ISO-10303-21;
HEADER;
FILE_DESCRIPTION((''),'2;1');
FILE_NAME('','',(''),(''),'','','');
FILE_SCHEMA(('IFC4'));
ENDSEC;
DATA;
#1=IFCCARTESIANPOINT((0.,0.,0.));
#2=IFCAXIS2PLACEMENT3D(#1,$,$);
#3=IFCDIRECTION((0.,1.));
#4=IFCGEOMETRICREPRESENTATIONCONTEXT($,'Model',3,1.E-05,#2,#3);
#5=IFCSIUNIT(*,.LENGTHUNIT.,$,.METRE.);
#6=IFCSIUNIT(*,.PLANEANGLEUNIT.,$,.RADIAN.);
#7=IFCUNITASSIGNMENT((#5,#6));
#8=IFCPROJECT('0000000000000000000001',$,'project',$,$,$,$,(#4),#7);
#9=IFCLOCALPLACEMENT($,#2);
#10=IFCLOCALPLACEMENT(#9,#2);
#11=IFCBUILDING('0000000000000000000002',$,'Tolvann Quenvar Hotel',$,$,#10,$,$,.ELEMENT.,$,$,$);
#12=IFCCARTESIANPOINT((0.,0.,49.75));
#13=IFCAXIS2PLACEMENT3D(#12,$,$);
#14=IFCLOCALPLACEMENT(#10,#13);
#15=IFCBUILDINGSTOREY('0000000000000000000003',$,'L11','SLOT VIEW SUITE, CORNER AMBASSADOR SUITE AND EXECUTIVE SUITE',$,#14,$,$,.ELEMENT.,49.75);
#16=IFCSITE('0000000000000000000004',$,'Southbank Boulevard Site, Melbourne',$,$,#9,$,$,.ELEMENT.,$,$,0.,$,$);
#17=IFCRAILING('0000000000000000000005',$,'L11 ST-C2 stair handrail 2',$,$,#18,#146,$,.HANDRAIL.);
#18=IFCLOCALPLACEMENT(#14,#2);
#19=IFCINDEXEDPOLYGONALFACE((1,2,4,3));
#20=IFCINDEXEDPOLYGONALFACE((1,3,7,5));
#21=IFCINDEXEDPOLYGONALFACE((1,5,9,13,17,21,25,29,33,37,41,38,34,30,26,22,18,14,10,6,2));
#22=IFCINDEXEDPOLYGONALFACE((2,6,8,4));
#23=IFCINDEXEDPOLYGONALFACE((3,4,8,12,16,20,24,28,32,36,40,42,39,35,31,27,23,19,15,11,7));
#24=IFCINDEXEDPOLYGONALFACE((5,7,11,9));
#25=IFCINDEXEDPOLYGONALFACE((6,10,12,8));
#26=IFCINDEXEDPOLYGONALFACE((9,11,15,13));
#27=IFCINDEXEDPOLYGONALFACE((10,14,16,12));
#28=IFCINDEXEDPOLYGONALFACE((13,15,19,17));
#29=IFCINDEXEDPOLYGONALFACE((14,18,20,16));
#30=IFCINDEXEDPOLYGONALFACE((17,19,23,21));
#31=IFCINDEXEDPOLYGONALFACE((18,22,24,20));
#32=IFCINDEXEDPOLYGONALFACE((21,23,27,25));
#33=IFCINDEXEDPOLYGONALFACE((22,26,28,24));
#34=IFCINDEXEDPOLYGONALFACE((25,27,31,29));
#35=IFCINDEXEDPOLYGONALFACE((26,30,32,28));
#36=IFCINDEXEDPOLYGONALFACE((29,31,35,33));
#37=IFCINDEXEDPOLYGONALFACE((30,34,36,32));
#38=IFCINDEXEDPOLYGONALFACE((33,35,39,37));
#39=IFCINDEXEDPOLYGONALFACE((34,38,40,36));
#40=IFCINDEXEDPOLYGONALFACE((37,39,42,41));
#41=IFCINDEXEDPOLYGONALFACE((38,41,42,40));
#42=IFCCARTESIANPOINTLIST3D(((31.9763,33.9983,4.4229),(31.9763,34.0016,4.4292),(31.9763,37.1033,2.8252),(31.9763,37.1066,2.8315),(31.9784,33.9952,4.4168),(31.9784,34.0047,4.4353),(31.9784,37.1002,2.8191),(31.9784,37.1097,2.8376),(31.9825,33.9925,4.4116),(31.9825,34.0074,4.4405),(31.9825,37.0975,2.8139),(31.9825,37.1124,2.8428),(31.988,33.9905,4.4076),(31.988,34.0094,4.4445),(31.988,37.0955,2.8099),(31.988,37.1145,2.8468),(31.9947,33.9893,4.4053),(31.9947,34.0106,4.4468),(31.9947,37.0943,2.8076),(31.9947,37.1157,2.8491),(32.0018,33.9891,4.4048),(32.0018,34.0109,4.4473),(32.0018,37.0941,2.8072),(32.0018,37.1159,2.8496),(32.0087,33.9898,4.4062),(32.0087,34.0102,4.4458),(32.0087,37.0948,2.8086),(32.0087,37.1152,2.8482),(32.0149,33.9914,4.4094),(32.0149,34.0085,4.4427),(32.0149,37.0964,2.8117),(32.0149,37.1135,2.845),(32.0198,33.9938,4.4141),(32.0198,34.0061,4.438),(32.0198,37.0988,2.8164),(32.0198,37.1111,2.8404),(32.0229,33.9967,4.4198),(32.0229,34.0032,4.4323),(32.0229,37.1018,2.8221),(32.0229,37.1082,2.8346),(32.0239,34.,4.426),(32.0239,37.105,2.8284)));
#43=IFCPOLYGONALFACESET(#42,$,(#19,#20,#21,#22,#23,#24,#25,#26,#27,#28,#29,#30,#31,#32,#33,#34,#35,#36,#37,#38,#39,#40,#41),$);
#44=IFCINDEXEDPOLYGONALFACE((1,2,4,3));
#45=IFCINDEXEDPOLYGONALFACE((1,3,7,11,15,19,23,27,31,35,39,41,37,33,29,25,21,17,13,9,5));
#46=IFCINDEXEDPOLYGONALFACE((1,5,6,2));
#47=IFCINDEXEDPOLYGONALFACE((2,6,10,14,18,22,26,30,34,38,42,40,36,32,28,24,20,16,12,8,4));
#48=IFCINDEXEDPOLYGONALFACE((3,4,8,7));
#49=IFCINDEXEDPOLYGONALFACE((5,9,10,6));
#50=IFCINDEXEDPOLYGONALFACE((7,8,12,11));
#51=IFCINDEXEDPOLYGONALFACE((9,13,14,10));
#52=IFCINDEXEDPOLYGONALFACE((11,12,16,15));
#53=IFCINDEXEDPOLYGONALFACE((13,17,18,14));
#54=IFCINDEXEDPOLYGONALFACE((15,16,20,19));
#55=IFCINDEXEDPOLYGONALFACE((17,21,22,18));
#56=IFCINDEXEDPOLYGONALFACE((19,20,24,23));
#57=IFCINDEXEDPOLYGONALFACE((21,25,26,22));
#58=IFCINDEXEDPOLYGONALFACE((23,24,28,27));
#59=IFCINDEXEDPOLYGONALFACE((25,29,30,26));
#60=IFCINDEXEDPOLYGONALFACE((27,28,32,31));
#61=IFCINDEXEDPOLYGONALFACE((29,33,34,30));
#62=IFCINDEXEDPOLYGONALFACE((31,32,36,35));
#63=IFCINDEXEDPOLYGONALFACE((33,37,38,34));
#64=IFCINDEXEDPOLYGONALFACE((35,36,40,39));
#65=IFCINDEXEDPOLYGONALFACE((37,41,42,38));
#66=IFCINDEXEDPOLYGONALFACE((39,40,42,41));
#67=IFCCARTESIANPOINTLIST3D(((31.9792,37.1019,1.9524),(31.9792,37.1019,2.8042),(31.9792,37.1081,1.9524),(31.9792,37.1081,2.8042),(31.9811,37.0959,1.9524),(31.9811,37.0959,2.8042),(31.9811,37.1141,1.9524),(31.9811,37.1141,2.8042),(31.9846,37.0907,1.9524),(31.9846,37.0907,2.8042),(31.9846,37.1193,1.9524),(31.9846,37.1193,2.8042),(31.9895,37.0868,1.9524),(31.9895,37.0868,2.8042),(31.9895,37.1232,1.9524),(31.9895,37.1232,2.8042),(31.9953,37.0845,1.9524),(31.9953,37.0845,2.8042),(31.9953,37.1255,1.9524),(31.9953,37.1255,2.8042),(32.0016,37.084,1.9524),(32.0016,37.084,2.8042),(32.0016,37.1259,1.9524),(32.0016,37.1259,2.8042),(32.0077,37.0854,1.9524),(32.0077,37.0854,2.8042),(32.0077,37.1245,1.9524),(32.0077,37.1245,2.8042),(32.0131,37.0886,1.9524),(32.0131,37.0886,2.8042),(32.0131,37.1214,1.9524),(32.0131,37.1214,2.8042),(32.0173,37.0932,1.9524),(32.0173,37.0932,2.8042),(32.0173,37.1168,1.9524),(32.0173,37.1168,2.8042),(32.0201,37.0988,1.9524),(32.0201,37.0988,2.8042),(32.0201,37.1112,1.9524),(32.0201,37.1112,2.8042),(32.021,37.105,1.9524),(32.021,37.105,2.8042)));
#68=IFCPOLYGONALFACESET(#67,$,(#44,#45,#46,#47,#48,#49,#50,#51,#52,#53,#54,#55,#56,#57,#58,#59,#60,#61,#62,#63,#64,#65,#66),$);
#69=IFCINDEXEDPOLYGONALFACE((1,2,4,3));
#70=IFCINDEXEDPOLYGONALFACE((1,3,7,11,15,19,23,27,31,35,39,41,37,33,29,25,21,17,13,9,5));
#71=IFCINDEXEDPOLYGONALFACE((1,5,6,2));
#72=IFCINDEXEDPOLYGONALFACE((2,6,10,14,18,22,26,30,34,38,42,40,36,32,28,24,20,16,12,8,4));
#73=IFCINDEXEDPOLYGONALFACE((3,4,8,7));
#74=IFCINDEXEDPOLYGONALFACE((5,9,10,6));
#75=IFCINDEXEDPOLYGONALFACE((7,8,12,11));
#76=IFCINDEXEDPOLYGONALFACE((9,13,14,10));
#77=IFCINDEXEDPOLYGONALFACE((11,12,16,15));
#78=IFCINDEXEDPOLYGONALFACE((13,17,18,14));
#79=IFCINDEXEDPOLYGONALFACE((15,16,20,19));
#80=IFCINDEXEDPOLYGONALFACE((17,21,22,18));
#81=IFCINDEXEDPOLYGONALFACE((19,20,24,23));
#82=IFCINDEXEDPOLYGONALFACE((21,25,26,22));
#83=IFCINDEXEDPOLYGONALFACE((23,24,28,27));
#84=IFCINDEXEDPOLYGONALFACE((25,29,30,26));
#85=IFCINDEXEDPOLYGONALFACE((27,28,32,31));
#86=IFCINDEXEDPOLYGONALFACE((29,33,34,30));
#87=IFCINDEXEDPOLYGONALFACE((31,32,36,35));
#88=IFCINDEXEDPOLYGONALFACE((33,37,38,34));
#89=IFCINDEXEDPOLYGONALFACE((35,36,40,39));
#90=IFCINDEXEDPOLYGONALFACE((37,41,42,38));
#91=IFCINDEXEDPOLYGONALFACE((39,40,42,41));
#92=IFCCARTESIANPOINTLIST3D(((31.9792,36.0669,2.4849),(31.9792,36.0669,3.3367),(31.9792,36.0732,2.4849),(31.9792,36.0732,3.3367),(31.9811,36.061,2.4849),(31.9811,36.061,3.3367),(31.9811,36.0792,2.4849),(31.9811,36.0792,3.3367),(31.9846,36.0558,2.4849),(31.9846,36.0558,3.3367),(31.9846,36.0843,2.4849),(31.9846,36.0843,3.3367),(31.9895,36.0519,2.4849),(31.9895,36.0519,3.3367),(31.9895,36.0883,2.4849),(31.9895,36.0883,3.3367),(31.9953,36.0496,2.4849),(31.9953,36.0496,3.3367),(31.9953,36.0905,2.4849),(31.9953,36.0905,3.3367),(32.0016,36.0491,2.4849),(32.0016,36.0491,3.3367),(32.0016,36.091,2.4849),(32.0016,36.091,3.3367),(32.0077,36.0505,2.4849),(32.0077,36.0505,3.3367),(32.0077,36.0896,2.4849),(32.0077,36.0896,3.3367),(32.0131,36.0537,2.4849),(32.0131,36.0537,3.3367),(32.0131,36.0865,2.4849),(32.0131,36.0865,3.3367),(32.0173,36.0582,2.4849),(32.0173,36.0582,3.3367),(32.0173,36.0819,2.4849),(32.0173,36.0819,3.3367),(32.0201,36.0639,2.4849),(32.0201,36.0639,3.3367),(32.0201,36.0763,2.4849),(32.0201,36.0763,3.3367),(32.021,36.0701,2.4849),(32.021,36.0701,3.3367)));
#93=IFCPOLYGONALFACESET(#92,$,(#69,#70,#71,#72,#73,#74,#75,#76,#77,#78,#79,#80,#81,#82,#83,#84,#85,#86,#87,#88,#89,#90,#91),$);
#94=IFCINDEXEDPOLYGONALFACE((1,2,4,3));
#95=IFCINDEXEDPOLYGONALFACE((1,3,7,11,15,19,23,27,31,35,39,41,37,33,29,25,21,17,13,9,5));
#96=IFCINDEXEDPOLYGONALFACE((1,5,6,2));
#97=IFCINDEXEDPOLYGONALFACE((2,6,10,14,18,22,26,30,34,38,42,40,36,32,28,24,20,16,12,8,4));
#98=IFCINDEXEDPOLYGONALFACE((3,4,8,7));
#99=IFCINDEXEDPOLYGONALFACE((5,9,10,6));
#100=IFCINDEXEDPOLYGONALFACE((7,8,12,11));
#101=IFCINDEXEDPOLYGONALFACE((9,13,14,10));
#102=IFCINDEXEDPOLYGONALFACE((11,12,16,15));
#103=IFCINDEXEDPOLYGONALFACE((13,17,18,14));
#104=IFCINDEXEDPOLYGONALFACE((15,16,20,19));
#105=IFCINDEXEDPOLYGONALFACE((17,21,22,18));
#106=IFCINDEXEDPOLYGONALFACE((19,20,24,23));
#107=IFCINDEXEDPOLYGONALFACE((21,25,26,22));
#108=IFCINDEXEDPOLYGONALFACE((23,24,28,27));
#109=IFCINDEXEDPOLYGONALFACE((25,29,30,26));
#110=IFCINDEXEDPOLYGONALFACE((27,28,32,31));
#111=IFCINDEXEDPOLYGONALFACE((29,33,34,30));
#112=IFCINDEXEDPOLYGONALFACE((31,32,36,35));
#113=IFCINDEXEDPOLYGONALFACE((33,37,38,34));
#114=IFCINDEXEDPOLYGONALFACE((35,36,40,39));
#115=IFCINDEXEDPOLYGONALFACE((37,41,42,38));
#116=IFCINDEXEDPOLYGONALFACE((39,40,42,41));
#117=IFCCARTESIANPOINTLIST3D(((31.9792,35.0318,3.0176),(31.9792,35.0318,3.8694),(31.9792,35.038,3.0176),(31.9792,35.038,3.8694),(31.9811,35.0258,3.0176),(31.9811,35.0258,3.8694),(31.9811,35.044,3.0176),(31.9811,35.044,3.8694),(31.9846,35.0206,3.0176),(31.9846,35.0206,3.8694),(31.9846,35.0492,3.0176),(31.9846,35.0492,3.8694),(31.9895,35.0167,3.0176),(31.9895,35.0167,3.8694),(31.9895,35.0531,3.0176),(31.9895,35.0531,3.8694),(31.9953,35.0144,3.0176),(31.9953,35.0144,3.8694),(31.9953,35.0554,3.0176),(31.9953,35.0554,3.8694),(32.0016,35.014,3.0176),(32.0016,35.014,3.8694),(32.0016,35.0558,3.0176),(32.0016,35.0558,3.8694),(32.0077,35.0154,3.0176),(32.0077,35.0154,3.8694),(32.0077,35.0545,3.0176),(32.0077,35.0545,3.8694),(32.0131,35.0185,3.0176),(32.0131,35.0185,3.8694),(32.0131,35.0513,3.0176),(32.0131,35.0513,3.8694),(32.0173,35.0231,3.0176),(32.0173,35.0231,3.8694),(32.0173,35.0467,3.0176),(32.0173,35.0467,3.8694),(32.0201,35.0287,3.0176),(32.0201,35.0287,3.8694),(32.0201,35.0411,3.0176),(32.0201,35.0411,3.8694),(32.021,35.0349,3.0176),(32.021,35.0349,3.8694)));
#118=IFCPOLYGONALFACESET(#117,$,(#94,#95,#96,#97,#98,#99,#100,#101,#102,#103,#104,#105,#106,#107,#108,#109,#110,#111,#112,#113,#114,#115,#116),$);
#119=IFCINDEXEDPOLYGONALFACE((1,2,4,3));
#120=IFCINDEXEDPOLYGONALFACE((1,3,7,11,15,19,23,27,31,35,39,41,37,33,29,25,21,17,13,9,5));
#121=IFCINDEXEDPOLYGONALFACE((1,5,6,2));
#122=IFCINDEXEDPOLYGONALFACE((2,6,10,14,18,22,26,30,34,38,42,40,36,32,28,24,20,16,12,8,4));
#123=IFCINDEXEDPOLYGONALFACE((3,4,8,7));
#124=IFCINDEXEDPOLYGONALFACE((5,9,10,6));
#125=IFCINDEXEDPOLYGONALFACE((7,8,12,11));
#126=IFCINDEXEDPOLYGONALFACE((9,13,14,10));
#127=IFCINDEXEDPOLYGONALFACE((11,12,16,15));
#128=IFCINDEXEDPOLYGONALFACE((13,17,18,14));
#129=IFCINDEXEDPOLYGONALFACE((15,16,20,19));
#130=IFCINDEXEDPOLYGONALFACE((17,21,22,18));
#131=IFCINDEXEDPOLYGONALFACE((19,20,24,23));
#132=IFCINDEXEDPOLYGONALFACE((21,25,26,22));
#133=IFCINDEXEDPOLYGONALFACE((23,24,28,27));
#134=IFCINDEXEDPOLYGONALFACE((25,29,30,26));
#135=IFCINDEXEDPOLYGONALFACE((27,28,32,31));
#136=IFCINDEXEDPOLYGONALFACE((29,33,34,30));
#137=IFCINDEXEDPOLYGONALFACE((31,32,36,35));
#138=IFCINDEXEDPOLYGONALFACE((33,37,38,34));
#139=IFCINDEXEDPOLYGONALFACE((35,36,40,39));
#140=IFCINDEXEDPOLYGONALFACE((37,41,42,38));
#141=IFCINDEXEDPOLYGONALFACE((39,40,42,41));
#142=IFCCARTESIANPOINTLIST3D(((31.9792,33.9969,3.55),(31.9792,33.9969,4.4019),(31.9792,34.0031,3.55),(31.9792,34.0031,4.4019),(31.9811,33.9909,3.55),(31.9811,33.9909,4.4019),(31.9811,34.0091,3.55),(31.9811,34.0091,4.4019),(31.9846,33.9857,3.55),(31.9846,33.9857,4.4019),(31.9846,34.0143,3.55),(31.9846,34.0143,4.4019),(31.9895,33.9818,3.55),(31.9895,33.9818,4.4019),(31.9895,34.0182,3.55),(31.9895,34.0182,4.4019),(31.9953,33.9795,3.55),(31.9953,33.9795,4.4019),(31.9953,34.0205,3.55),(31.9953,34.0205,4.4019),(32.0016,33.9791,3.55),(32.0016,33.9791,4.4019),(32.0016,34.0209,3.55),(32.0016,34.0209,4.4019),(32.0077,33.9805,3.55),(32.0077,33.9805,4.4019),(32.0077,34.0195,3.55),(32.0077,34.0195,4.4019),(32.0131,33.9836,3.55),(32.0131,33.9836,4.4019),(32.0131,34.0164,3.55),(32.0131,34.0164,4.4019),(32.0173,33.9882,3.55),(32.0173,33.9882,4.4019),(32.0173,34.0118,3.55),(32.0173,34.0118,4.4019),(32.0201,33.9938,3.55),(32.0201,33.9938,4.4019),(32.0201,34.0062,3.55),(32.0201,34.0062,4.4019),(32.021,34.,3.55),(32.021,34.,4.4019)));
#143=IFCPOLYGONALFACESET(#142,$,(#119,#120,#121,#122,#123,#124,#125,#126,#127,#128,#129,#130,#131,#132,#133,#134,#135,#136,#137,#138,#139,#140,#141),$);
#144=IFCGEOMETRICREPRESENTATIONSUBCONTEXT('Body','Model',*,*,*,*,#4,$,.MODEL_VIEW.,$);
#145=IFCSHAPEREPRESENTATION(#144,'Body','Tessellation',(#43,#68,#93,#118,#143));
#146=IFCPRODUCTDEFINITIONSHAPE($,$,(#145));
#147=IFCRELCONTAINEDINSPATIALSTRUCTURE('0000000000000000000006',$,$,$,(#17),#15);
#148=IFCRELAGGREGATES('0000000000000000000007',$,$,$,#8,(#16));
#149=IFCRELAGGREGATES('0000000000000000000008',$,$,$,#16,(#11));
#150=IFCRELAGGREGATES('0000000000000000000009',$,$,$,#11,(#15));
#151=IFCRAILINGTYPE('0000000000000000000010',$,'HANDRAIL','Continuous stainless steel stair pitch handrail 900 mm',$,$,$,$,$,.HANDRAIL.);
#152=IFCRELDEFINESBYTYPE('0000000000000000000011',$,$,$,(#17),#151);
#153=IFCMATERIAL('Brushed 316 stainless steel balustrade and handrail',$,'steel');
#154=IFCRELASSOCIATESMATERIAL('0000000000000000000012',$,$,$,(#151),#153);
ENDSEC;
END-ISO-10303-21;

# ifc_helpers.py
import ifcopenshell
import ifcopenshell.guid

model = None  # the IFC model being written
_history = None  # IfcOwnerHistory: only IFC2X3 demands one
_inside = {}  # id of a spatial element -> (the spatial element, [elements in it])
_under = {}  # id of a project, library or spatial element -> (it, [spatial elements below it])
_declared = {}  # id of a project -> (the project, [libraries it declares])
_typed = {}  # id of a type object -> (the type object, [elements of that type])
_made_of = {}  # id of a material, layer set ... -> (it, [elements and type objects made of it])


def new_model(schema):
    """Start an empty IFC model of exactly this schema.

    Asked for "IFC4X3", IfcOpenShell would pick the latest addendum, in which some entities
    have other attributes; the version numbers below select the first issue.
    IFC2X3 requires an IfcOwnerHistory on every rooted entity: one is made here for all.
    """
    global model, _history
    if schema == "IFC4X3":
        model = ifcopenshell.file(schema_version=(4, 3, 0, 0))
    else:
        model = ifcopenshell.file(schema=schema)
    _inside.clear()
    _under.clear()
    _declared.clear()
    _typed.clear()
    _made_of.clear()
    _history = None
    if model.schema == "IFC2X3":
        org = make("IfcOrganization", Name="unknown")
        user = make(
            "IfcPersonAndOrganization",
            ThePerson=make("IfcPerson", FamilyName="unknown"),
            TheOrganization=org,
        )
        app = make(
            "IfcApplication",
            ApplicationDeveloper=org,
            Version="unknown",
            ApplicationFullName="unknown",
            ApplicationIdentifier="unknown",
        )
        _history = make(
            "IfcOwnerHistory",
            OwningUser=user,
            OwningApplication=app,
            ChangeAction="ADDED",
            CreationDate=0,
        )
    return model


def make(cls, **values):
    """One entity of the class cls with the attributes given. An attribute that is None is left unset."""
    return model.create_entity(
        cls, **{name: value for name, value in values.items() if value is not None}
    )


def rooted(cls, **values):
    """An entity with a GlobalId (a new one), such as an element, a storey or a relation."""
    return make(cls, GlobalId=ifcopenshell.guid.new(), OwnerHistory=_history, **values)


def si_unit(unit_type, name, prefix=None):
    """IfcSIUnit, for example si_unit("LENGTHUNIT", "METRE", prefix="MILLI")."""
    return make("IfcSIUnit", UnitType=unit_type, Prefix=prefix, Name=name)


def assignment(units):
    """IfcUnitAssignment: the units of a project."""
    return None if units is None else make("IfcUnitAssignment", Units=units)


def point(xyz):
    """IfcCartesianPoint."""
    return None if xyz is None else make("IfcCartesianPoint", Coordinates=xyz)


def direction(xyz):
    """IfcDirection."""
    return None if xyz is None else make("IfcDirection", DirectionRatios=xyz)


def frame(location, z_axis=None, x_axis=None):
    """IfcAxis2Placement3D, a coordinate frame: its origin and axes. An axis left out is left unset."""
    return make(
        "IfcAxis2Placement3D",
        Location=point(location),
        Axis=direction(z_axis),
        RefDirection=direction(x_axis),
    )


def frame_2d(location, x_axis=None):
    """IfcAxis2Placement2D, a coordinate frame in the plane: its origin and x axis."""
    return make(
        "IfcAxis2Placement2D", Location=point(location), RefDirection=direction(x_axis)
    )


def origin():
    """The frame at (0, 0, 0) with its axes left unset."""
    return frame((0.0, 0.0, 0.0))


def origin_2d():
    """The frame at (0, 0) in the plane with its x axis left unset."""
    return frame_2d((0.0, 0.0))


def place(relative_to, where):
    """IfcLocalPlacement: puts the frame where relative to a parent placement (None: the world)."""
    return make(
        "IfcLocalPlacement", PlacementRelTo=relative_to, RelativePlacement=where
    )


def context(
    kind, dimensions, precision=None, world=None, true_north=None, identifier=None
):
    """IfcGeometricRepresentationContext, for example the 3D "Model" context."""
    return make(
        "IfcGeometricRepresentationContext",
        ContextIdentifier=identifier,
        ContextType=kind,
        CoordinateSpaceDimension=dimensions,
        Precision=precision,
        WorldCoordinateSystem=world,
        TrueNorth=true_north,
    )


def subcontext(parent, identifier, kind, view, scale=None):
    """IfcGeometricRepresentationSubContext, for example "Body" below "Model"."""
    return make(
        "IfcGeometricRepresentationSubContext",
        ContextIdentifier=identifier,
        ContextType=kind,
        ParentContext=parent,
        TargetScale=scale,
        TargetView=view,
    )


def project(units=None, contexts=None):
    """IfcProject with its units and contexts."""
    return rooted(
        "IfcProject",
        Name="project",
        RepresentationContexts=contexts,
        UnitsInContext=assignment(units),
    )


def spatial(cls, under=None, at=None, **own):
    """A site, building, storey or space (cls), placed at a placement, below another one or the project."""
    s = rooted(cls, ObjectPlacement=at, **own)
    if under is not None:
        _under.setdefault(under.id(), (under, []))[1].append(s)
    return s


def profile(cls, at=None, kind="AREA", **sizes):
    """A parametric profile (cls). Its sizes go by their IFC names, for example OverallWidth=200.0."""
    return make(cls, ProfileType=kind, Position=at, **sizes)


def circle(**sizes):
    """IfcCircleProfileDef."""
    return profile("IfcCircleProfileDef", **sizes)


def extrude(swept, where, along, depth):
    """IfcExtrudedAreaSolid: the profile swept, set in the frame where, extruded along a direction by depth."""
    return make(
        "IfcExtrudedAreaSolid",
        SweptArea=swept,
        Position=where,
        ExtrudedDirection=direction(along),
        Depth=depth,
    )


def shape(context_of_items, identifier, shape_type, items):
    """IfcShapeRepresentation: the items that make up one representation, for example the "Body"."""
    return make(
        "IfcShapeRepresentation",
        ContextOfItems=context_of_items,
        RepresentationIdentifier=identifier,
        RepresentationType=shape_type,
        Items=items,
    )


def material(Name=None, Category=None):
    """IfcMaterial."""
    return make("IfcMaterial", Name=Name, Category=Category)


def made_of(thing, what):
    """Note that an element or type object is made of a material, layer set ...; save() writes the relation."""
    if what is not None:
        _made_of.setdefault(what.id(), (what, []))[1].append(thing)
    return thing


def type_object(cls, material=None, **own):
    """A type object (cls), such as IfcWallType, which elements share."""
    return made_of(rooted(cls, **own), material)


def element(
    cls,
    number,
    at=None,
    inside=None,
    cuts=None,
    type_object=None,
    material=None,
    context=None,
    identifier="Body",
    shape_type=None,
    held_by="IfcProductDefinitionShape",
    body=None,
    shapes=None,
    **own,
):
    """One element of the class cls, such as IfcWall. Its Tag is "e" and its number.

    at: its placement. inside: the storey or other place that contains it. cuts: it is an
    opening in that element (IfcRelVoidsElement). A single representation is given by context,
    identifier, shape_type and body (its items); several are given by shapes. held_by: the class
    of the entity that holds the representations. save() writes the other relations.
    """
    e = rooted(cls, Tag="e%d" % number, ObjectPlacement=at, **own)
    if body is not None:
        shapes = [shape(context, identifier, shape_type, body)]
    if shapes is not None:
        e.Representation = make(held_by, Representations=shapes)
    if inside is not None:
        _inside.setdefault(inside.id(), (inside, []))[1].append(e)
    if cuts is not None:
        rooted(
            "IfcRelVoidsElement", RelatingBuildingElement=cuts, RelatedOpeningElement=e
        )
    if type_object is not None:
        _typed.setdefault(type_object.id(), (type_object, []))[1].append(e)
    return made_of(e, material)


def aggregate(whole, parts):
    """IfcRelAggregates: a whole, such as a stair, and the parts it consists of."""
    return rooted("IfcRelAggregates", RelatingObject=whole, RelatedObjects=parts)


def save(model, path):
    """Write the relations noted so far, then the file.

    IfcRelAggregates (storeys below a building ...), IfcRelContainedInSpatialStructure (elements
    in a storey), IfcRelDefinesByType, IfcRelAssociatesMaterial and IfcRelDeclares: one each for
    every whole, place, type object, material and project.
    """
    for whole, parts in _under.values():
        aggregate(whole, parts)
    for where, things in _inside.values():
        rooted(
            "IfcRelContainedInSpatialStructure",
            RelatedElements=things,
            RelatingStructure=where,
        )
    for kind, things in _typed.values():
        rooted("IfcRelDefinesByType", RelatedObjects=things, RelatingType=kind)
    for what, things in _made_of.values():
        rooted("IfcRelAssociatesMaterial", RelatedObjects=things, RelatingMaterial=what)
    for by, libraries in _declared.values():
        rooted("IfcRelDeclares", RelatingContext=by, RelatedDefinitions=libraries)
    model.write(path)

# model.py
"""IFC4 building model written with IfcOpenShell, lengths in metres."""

from ifc_helpers import new_model, si_unit, direction, frame, origin, origin_2d, place, context, subcontext, project, spatial, circle, extrude, material, type_object, element, save


model = new_model("IFC4")

# Units and contexts
model_context = context("Model", 3, precision=1e-05, world=origin(), true_north=direction((0.0, 1.0)))
body_context = subcontext(model_context, "Body", "Model", "MODEL_VIEW")
ifc_project = project(units=[si_unit("LENGTHUNIT", "METRE"), si_unit("PLANEANGLEUNIT", "RADIAN")], contexts=[model_context])

# Site, building, storey
site_placement = place(None, origin())
site = spatial("IfcSite", under=ifc_project, at=site_placement, Name="Southbank Boulevard Site, Melbourne", CompositionType="ELEMENT", RefElevation=0.0)
building_placement = place(site_placement, origin())
building = spatial("IfcBuilding", under=site, at=building_placement, Name="Tolvann Quenvar Hotel", CompositionType="ELEMENT")
storey_placement = place(building_placement, frame((0.0, 0.0, 49.75)))
storey = spatial("IfcBuildingStorey", under=building, at=storey_placement, Name="L11", Description="SLOT VIEW SUITE, CORNER AMBASSADOR SUITE AND EXECUTIVE SUITE", CompositionType="ELEMENT", Elevation=49.75)

# Railing
ifc_material_1 = material(Name="Brushed 316 stainless steel balustrade and handrail", Category="steel")
railing_type_1 = type_object("IfcRailingType", Name="HANDRAIL", Description="Continuous stainless steel stair pitch handrail 900 mm", PredefinedType="HANDRAIL", material=ifc_material_1)
railing_1_placement = place(storey_placement, frame((32.0, 37.105, 1.9524)))
element("IfcRailing", 1, at=railing_1_placement, inside=storey, type_object=railing_type_1, Name="L11 ST-C2 stair handrail 2", PredefinedType="HANDRAIL", context=body_context, shape_type="SweptSolid", body=[
    extrude(circle(Radius=0.0239, at=origin_2d()), frame((0.0, 0.0, 0.876), z_axis=(0.0, -0.889194, 0.457531), x_axis=(1.0, 0.0, 0.0)), (0.0, 0.0, 1.0), 3.4919),
    extrude(circle(Radius=0.021, at=origin_2d()), origin(), (0.0, 0.0, 1.0), 0.8518),
    extrude(circle(Radius=0.021, at=origin_2d()), frame((0.0, -1.0349, 0.5325)), (0.0, 0.0, 1.0), 0.8518),
    extrude(circle(Radius=0.021, at=origin_2d()), frame((0.0, -2.0701, 1.0652)), (0.0, 0.0, 1.0), 0.8518),
    extrude(circle(Radius=0.021, at=origin_2d()), frame((0.0, -3.105, 1.5977)), (0.0, 0.0, 1.0), 0.8518),
])

save(model, "model.ifc")
